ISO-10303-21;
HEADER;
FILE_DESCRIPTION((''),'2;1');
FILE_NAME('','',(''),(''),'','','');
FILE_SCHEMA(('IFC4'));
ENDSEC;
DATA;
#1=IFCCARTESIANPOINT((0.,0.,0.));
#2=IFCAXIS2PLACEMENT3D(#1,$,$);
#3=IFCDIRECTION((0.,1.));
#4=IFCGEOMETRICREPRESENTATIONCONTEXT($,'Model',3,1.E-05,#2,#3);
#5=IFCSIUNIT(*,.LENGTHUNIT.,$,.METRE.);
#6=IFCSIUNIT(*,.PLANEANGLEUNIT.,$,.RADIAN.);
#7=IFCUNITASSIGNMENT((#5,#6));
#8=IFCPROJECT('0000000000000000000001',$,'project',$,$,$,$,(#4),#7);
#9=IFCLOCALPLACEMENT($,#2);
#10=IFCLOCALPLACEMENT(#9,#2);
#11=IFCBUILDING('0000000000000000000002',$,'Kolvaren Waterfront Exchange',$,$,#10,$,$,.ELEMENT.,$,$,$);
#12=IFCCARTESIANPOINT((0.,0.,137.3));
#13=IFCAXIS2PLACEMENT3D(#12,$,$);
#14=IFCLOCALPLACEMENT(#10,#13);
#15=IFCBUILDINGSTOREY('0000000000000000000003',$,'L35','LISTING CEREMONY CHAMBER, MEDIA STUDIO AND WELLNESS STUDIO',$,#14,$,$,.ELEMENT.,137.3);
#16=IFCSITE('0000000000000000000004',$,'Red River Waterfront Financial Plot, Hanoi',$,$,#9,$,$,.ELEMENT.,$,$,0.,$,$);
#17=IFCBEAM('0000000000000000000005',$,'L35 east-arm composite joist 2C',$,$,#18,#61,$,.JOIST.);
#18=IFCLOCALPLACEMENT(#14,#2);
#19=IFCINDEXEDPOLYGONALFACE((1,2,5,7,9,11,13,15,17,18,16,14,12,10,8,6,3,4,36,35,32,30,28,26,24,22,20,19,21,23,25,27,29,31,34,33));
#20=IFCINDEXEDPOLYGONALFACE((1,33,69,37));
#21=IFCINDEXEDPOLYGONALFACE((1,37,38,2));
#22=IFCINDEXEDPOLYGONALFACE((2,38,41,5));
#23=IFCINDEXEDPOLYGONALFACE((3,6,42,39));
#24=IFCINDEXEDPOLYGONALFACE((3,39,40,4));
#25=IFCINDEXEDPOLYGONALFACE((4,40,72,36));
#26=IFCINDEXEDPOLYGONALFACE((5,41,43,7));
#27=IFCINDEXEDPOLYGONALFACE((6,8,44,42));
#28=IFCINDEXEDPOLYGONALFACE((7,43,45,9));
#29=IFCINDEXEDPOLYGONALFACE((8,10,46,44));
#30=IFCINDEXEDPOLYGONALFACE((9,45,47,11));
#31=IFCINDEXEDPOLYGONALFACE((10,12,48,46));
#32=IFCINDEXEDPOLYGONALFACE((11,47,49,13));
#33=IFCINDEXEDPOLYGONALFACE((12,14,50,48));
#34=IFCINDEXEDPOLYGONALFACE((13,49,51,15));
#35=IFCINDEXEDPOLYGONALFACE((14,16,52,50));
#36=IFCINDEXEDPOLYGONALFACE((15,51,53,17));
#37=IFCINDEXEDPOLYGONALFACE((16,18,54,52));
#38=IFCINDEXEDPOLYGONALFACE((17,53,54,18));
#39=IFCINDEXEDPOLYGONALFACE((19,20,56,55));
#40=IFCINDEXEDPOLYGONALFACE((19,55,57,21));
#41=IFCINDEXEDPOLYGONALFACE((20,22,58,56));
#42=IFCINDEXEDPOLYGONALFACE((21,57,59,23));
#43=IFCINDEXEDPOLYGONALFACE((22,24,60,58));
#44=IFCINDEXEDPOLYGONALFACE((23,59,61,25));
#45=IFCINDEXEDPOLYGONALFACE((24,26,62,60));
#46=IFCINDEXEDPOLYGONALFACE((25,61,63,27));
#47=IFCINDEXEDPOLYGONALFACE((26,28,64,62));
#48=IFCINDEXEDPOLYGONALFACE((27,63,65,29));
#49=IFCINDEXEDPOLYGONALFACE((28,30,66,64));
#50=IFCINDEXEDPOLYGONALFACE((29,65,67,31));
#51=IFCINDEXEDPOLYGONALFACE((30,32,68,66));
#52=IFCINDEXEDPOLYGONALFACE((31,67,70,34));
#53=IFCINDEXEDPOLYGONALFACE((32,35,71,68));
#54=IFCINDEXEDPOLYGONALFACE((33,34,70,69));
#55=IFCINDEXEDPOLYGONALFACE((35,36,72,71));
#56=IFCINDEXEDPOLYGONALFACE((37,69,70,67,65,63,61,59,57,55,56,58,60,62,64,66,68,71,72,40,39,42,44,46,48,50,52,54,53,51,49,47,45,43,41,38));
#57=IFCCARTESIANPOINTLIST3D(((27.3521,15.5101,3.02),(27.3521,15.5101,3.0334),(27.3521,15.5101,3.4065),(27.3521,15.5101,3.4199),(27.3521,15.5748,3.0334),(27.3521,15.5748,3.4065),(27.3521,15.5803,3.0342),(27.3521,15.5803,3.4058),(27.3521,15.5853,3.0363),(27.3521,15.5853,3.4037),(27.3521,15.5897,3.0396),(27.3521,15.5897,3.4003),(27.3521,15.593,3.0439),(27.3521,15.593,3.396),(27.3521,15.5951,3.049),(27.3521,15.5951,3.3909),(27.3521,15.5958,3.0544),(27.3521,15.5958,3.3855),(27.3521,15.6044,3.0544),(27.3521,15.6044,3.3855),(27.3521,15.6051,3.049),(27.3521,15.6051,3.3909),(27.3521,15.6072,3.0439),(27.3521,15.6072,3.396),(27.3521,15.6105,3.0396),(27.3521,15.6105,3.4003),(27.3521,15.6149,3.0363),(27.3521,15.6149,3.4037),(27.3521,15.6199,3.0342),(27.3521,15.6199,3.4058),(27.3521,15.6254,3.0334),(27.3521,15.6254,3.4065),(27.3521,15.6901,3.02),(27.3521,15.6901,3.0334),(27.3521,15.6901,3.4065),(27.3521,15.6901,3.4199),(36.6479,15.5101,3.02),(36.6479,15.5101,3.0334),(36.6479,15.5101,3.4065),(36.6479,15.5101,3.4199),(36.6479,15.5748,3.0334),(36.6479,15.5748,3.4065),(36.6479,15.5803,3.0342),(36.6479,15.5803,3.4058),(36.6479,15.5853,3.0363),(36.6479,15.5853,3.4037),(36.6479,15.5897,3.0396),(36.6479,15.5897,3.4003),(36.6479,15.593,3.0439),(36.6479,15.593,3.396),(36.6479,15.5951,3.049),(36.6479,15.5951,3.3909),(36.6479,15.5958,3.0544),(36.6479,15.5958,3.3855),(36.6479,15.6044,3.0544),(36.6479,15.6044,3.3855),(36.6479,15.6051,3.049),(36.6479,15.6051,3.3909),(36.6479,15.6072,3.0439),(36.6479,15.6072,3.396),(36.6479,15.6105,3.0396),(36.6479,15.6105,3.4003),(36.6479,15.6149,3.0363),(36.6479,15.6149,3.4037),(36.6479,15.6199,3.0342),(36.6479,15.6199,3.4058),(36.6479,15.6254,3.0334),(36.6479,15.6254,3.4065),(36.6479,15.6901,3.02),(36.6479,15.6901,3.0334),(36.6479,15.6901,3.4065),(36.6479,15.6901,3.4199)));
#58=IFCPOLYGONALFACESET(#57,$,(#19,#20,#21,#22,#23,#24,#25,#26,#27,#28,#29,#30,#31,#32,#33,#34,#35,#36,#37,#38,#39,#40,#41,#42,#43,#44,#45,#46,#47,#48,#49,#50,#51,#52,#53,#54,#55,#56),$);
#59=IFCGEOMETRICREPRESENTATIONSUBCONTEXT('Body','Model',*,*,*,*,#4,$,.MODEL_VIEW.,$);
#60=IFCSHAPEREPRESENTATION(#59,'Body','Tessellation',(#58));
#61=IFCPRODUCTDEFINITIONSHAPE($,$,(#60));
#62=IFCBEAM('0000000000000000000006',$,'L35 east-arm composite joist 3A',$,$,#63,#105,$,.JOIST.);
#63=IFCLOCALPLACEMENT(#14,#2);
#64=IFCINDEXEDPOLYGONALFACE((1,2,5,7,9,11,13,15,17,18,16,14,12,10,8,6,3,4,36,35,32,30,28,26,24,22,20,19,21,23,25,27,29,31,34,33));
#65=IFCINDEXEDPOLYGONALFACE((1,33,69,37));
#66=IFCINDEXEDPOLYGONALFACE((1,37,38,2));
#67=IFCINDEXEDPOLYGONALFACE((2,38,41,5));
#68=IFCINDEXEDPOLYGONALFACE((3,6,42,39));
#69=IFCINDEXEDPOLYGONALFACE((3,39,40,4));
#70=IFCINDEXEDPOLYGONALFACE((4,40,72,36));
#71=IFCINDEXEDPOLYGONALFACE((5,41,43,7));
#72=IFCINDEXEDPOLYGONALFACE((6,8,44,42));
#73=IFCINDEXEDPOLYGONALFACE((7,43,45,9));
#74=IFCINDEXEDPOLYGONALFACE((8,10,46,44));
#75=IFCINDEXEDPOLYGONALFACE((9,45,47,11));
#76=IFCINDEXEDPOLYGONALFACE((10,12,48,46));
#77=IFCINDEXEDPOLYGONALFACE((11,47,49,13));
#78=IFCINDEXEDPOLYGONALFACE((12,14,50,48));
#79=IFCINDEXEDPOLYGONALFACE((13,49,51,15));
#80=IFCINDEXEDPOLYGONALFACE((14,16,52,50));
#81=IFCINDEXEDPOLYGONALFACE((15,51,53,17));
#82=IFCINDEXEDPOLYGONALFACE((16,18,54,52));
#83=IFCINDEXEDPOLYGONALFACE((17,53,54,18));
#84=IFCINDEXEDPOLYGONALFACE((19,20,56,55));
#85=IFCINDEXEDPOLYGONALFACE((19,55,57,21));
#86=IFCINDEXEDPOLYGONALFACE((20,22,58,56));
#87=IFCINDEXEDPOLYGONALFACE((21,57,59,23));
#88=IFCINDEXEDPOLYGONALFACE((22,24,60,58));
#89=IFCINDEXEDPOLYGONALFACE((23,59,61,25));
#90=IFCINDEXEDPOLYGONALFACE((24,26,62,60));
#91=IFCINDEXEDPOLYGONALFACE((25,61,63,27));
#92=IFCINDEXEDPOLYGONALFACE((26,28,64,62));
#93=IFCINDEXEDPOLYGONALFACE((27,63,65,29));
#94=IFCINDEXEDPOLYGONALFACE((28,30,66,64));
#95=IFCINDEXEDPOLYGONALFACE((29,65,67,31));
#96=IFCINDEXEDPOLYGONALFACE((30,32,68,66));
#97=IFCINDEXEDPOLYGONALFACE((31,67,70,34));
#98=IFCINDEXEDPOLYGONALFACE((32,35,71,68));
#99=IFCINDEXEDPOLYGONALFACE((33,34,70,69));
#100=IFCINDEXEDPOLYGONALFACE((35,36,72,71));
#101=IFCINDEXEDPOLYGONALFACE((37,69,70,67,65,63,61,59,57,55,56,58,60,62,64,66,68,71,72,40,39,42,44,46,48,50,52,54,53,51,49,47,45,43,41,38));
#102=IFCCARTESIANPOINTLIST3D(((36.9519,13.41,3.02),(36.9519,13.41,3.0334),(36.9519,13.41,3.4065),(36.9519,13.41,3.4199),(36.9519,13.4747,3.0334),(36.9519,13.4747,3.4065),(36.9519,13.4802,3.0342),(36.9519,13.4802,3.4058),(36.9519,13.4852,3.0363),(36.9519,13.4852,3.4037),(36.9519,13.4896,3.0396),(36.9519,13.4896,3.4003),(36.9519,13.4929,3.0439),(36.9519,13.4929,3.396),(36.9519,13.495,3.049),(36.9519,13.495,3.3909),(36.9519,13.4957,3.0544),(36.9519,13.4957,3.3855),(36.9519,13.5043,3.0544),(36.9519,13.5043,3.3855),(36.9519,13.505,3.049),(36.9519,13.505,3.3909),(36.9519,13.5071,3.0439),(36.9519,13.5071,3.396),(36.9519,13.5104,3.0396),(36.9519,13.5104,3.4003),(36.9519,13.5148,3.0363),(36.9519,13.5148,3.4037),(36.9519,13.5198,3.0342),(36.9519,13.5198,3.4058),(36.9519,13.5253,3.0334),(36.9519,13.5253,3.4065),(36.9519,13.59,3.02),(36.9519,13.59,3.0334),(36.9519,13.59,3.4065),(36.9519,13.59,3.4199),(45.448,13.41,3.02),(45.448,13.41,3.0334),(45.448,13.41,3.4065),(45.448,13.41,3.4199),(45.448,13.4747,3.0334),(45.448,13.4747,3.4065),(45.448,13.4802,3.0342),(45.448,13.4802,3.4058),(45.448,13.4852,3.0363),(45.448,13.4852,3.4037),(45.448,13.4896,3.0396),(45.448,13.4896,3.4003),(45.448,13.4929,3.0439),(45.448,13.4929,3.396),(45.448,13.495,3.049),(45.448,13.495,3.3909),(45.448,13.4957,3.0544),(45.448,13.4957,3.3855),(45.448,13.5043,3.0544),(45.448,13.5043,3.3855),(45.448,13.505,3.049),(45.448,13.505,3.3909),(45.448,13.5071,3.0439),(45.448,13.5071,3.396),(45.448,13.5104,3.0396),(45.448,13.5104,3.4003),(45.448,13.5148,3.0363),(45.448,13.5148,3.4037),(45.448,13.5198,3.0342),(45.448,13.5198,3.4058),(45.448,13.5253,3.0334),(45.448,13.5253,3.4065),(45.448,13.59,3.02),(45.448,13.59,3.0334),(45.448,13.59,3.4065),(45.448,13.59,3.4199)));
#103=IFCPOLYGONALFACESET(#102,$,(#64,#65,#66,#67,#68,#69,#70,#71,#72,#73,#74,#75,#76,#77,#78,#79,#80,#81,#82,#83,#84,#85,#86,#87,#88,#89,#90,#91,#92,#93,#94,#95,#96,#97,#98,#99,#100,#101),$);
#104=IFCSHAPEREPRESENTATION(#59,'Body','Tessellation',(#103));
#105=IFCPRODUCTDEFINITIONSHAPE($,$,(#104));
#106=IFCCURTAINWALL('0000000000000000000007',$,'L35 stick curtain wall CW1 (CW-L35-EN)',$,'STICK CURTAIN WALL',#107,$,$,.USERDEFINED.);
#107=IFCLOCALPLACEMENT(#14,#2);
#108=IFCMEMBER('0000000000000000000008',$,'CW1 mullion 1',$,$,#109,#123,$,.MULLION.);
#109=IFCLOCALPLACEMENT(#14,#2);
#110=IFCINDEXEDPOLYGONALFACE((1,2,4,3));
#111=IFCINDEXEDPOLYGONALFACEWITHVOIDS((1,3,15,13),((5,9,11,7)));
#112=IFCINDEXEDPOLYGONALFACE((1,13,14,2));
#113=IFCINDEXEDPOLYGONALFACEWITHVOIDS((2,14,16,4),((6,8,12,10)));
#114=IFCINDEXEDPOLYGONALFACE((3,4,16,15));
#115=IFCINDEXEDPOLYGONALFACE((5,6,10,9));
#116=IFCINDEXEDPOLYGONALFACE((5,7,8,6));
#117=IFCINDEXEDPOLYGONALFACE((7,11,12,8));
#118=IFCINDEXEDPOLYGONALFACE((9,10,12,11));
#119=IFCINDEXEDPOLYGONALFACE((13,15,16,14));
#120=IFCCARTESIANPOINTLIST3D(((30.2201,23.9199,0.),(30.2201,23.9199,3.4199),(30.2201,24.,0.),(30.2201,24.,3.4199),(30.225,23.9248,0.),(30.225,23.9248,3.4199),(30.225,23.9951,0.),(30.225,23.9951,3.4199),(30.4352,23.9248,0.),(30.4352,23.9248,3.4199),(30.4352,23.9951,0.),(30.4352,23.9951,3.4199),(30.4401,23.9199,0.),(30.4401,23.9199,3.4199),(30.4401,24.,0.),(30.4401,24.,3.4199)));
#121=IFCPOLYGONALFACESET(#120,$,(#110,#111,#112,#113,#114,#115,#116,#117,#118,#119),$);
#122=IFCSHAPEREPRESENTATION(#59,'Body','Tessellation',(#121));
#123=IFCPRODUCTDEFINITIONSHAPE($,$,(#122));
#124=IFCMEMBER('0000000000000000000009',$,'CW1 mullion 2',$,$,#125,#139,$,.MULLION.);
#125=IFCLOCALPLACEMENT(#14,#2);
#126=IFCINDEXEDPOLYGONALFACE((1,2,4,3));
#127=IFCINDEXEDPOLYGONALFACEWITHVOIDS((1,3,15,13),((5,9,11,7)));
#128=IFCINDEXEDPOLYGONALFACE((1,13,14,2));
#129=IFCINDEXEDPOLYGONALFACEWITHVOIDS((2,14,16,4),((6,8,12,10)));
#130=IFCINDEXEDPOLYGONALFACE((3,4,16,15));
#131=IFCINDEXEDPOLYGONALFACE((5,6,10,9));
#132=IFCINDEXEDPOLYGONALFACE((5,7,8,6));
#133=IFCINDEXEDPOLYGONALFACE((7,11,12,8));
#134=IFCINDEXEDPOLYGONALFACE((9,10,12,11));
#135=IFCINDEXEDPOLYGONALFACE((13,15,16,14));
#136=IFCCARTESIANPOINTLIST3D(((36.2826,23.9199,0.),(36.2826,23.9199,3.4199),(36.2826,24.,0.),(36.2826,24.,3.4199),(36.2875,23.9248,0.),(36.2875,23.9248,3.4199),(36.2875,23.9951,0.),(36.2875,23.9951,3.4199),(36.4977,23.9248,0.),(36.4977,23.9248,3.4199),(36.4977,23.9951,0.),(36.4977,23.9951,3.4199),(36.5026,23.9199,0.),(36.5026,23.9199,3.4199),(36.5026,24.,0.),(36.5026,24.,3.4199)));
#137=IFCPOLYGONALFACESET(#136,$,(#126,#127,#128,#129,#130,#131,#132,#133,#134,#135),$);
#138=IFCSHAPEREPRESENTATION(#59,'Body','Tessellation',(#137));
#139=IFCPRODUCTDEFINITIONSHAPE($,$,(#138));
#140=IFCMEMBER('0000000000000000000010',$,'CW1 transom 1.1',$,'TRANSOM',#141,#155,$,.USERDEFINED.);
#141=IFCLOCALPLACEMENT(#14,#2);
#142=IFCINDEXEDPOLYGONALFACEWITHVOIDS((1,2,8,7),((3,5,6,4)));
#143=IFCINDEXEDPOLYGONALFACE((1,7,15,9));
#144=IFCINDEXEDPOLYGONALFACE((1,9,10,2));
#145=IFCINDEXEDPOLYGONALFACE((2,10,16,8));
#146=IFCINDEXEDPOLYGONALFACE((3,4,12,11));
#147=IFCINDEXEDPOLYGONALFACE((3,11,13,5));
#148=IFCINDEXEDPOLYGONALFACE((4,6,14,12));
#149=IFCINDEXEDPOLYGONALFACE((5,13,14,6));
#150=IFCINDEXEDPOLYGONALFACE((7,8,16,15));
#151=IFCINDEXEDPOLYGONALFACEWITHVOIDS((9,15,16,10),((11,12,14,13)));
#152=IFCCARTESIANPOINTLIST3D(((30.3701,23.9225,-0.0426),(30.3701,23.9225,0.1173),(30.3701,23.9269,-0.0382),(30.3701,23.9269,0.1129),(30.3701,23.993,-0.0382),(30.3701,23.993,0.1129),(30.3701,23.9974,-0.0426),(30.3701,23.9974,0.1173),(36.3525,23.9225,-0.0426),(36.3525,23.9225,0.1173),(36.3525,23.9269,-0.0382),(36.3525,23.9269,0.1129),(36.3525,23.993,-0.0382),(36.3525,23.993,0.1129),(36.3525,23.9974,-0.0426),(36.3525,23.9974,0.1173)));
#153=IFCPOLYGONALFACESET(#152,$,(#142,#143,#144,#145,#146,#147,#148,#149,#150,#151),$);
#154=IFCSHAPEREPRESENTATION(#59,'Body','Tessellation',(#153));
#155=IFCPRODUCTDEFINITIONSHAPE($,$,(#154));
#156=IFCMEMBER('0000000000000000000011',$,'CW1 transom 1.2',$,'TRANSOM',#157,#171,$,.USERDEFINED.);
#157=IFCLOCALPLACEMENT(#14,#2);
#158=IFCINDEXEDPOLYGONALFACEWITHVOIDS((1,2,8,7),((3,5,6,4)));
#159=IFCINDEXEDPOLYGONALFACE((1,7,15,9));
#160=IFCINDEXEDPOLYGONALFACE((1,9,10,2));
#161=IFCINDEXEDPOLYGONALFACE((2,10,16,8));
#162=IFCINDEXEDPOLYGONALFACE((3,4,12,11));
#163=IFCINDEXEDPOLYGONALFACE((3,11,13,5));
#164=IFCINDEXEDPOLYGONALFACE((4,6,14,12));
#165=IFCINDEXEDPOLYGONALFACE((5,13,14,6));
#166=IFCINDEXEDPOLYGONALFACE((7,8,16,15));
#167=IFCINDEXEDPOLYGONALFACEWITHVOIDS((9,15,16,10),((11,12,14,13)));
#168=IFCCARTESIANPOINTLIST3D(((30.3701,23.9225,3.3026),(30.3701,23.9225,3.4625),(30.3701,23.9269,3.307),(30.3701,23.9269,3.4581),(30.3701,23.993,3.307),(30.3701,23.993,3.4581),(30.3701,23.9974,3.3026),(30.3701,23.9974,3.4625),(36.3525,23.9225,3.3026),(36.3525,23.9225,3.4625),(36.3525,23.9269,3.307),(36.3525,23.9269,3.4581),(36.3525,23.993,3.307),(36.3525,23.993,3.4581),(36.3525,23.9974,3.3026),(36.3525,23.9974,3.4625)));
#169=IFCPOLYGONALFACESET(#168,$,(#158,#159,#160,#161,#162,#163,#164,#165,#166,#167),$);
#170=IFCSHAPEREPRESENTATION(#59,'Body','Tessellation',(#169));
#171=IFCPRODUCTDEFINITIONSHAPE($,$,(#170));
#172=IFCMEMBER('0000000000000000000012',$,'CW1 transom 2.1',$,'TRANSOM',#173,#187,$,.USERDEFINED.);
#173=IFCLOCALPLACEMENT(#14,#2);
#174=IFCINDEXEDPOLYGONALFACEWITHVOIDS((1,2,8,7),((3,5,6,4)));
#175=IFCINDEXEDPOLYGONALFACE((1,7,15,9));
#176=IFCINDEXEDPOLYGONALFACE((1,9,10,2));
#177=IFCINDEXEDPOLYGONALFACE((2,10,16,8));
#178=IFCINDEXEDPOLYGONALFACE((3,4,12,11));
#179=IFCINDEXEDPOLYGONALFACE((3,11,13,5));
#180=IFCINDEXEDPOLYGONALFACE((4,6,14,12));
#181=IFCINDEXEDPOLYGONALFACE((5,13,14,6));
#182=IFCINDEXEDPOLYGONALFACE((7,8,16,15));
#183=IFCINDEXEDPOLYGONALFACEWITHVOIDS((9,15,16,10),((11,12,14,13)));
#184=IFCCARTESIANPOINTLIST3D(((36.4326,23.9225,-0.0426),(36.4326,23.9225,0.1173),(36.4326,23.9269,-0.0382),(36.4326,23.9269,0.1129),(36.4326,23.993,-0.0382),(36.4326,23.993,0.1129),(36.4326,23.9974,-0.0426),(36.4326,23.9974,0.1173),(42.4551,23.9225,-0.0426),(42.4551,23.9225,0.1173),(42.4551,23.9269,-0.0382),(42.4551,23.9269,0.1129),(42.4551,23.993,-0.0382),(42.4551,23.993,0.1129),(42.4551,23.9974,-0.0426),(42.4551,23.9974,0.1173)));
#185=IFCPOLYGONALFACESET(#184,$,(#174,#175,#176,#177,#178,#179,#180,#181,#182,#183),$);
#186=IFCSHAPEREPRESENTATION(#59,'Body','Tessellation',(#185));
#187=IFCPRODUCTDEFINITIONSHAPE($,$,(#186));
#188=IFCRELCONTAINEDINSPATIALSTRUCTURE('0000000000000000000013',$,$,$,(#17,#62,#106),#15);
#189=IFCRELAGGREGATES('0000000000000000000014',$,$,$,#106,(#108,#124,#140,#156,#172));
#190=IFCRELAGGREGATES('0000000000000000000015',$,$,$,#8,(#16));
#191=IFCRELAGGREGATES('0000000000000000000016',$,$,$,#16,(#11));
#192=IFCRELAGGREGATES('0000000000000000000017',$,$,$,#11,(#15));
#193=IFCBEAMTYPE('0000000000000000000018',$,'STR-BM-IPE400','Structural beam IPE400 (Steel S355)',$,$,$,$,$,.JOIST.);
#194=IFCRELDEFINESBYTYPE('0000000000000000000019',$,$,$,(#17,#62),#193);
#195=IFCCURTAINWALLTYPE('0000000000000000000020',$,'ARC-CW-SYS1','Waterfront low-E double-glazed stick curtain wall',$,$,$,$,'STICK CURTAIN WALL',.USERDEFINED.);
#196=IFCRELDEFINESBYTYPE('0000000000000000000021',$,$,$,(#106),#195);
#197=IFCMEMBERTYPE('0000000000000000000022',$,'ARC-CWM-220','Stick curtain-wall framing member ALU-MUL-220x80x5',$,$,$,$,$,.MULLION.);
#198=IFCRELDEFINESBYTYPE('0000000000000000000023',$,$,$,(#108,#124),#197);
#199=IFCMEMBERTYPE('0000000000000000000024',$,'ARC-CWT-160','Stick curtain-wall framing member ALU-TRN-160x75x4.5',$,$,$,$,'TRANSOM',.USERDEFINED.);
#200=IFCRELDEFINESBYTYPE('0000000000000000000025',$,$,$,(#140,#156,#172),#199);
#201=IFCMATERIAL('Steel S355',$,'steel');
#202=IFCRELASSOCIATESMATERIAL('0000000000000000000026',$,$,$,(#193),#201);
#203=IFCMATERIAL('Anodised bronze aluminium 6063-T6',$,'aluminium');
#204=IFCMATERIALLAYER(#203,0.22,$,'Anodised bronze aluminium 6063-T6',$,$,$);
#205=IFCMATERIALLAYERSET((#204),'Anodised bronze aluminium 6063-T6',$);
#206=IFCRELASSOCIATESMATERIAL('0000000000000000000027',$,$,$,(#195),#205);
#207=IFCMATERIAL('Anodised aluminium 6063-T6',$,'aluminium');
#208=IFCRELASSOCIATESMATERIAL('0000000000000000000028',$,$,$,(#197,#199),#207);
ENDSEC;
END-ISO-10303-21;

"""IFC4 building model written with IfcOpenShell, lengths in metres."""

from ifc_helpers import new_model, si_unit, direction, frame, origin, origin_with_axes, origin_2d, place, context, subcontext, project, spatial, hollow_rectangle, i_section, extrude, source, transform, mapped, material, layer, layer_set, material_profile, profile_set, type_object, element, aggregate, save


model = new_model("IFC4")

# Units and contexts
model_context = context("Model", 3, precision=1e-05, world=origin(), true_north=direction((0.0, 1.0)))
body_context = subcontext(model_context, "Body", "Model", "MODEL_VIEW")
ifc_project = project(units=[si_unit("LENGTHUNIT", "METRE"), si_unit("PLANEANGLEUNIT", "RADIAN")], contexts=[model_context])

# Site, building, storey
site_placement = place(None, origin())
site = spatial("IfcSite", under=ifc_project, at=site_placement, Name="Red River Waterfront Financial Plot, Hanoi", CompositionType="ELEMENT", RefElevation=0.0)
building_placement = place(site_placement, origin())
building = spatial("IfcBuilding", under=site, at=building_placement, Name="Kolvaren Waterfront Exchange", CompositionType="ELEMENT")
storey_placement = place(building_placement, frame((0.0, 0.0, 137.3)))
storey = spatial("IfcBuildingStorey", under=building, at=storey_placement, Name="L35", Description="LISTING CEREMONY CHAMBER, MEDIA STUDIO AND WELLNESS STUDIO", CompositionType="ELEMENT", Elevation=137.3)

# Beams
ifc_material_1 = material(Name="Steel S355", Category="steel")
ifc_material_profile_1 = material_profile(ifc_material_1, i_section(OverallWidth=0.1799, OverallDepth=0.3999, WebThickness=0.0085, FlangeThickness=0.0134, FilletRadius=0.021, at=origin_2d()), Name="IPE400")
ifc_profile_set_1 = profile_set([ifc_material_profile_1], Name="Steel S355")
beam_type_1 = type_object("IfcBeamType", Name="STR-BM-IPE400", Description="Structural beam IPE400 (Steel S355)", PredefinedType="JOIST", material=ifc_profile_set_1)
for number, where, z_axis, x_axis, name in (
    (1, (27.3521, 15.6001, 3.22), (1.0, 0.0, 0.0), (0.0, 1.0, 0.0), "L35 east-arm composite joist 2C"),
):
    element("IfcBeam", number, at=place(storey_placement, frame(where, z_axis=z_axis, x_axis=x_axis)), inside=storey, type_object=beam_type_1, Name=name, PredefinedType="JOIST", context=body_context, shape_type="SweptSolid", body=[
        extrude(i_section(OverallWidth=0.1799, OverallDepth=0.3999, WebThickness=0.0085, FlangeThickness=0.0134, FilletRadius=0.021, at=origin_2d()), origin(), (0.0, 0.0, 1.0), 9.2959),
    ])
beam_1_placement = place(storey_placement, frame((36.9519, 13.5, 3.22), z_axis=(1.0, 0.0, 0.0), x_axis=(0.0, 1.0, 0.0)))
element("IfcBeam", 2, at=beam_1_placement, inside=storey, type_object=beam_type_1, Name="L35 east-arm composite joist 3A", PredefinedType="JOIST", context=body_context, shape_type="SweptSolid", body=[
    extrude(i_section(OverallWidth=0.1799, OverallDepth=0.3999, WebThickness=0.0085, FlangeThickness=0.0134, FilletRadius=0.021, at=origin_2d()), origin(), (0.0, 0.0, 1.0), 8.4961),
])

# Curtain wall, members
ifc_material_2 = material(Name="Anodised bronze aluminium 6063-T6", Category="aluminium")
ifc_layer_1 = layer(ifc_material_2, 0.22, Name="Anodised bronze aluminium 6063-T6")
ifc_layer_set_1 = layer_set([ifc_layer_1], Name="Anodised bronze aluminium 6063-T6")
curtain_wall_type = type_object("IfcCurtainWallType", Name="ARC-CW-SYS1", Description="Waterfront low-E double-glazed stick curtain wall", ElementType="STICK CURTAIN WALL", PredefinedType="USERDEFINED", material=ifc_layer_set_1)
curtain_wall_placement = place(storey_placement, origin())
curtain_wall = element("IfcCurtainWall", 3, at=curtain_wall_placement, inside=storey, type_object=curtain_wall_type, Name="L35 stick curtain wall CW1 (CW-L35-EN)", ObjectType="STICK CURTAIN WALL", PredefinedType="USERDEFINED")
ifc_material_3 = material(Name="Anodised aluminium 6063-T6", Category="aluminium")
ifc_material_profile_2 = material_profile(ifc_material_3, hollow_rectangle(XDim=0.0801, YDim=0.22, WallThickness=0.0049, at=origin_2d()), Name="ALU-MUL-220x80x5")
ifc_profile_set_2 = profile_set([ifc_material_profile_2], Name="Anodised aluminium 6063-T6")
member_type_1 = type_object("IfcMemberType", Name="ARC-CWM-220", Description="Stick curtain-wall framing member ALU-MUL-220x80x5", PredefinedType="MULLION", material=ifc_profile_set_2)
shared_shape_1 = source(origin_with_axes(), body_context, "Body", "SweptSolid", [
    extrude(hollow_rectangle(XDim=0.0801, YDim=0.22, WallThickness=0.0049, at=origin_2d()), origin(), (0.0, 0.0, 1.0), 3.4199),
])
member_1_placement = place(storey_placement, frame((30.3301, 23.96, 0.0), z_axis=(0.0, 0.0, 1.0), x_axis=(0.0, 1.0, 0.0)))
member_1 = element("IfcMember", 4, at=member_1_placement, type_object=member_type_1, Name="CW1 mullion 1", PredefinedType="MULLION", context=body_context, shape_type="MappedRepresentation", body=[
    mapped(shared_shape_1, transform((0.0, 0.0, 0.0), x_axis=(1.0, 0.0, 0.0), y_axis=(0.0, 1.0, 0.0), z_axis=(0.0, 0.0, 1.0), scale=1.0)),
])
member_2_placement = place(storey_placement, frame((36.3926, 23.96, 0.0), z_axis=(0.0, 0.0, 1.0), x_axis=(0.0, 1.0, 0.0)))
member_2 = element("IfcMember", 5, at=member_2_placement, type_object=member_type_1, Name="CW1 mullion 2", PredefinedType="MULLION", context=body_context, shape_type="MappedRepresentation", body=[
    mapped(shared_shape_1, transform((0.0, 0.0, 0.0), x_axis=(1.0, 0.0, 0.0), y_axis=(0.0, 1.0, 0.0), z_axis=(0.0, 0.0, 1.0), scale=1.0)),
])
ifc_material_profile_3 = material_profile(ifc_material_3, hollow_rectangle(XDim=0.075, YDim=0.1599, WallThickness=0.0044, at=origin_2d()), Name="ALU-TRN-160x75x4.5")
ifc_profile_set_3 = profile_set([ifc_material_profile_3], Name="Anodised aluminium 6063-T6")
member_type_2 = type_object("IfcMemberType", Name="ARC-CWT-160", Description="Stick curtain-wall framing member ALU-TRN-160x75x4.5", ElementType="TRANSOM", PredefinedType="USERDEFINED", material=ifc_profile_set_3)
shared_shape_2 = source(origin_with_axes(), body_context, "Body", "SweptSolid", [
    extrude(hollow_rectangle(XDim=0.075, YDim=0.1599, WallThickness=0.0044, at=origin_2d()), origin(), (0.0, 0.0, 1.0), 5.9824),
])
member_3_placement = place(storey_placement, frame((30.3701, 23.96, 0.0374), z_axis=(1.0, 0.0, 0.0), x_axis=(0.0, 1.0, 0.0)))
member_3 = element("IfcMember", 6, at=member_3_placement, type_object=member_type_2, Name="CW1 transom 1.1", ObjectType="TRANSOM", PredefinedType="USERDEFINED", context=body_context, shape_type="MappedRepresentation", body=[
    mapped(shared_shape_2, transform((0.0, 0.0, 0.0), x_axis=(1.0, 0.0, 0.0), y_axis=(0.0, 1.0, 0.0), z_axis=(0.0, 0.0, 1.0), scale=1.0)),
])
member_4_placement = place(storey_placement, frame((30.3701, 23.96, 3.3826), z_axis=(1.0, 0.0, 0.0), x_axis=(0.0, 1.0, 0.0)))
member_4 = element("IfcMember", 7, at=member_4_placement, type_object=member_type_2, Name="CW1 transom 1.2", ObjectType="TRANSOM", PredefinedType="USERDEFINED", context=body_context, shape_type="MappedRepresentation", body=[
    mapped(shared_shape_2, transform((0.0, 0.0, 0.0), x_axis=(1.0, 0.0, 0.0), y_axis=(0.0, 1.0, 0.0), z_axis=(0.0, 0.0, 1.0), scale=1.0)),
])
shared_shape_3 = source(origin_with_axes(), body_context, "Body", "SweptSolid", [
    extrude(hollow_rectangle(XDim=0.075, YDim=0.1599, WallThickness=0.0044, at=origin_2d()), origin(), (0.0, 0.0, 1.0), 6.0225),
])
member_5_placement = place(storey_placement, frame((36.4326, 23.96, 0.0374), z_axis=(1.0, 0.0, 0.0), x_axis=(0.0, 1.0, 0.0)))
member_5 = element("IfcMember", 8, at=member_5_placement, type_object=member_type_2, Name="CW1 transom 2.1", ObjectType="TRANSOM", PredefinedType="USERDEFINED", context=body_context, shape_type="MappedRepresentation", body=[
    mapped(shared_shape_3, transform((0.0, 0.0, 0.0), x_axis=(1.0, 0.0, 0.0), y_axis=(0.0, 1.0, 0.0), z_axis=(0.0, 0.0, 1.0), scale=1.0)),
])
aggregate(curtain_wall, [member_1, member_2, member_3, member_4, member_5])

save(model, "model.ifc")
